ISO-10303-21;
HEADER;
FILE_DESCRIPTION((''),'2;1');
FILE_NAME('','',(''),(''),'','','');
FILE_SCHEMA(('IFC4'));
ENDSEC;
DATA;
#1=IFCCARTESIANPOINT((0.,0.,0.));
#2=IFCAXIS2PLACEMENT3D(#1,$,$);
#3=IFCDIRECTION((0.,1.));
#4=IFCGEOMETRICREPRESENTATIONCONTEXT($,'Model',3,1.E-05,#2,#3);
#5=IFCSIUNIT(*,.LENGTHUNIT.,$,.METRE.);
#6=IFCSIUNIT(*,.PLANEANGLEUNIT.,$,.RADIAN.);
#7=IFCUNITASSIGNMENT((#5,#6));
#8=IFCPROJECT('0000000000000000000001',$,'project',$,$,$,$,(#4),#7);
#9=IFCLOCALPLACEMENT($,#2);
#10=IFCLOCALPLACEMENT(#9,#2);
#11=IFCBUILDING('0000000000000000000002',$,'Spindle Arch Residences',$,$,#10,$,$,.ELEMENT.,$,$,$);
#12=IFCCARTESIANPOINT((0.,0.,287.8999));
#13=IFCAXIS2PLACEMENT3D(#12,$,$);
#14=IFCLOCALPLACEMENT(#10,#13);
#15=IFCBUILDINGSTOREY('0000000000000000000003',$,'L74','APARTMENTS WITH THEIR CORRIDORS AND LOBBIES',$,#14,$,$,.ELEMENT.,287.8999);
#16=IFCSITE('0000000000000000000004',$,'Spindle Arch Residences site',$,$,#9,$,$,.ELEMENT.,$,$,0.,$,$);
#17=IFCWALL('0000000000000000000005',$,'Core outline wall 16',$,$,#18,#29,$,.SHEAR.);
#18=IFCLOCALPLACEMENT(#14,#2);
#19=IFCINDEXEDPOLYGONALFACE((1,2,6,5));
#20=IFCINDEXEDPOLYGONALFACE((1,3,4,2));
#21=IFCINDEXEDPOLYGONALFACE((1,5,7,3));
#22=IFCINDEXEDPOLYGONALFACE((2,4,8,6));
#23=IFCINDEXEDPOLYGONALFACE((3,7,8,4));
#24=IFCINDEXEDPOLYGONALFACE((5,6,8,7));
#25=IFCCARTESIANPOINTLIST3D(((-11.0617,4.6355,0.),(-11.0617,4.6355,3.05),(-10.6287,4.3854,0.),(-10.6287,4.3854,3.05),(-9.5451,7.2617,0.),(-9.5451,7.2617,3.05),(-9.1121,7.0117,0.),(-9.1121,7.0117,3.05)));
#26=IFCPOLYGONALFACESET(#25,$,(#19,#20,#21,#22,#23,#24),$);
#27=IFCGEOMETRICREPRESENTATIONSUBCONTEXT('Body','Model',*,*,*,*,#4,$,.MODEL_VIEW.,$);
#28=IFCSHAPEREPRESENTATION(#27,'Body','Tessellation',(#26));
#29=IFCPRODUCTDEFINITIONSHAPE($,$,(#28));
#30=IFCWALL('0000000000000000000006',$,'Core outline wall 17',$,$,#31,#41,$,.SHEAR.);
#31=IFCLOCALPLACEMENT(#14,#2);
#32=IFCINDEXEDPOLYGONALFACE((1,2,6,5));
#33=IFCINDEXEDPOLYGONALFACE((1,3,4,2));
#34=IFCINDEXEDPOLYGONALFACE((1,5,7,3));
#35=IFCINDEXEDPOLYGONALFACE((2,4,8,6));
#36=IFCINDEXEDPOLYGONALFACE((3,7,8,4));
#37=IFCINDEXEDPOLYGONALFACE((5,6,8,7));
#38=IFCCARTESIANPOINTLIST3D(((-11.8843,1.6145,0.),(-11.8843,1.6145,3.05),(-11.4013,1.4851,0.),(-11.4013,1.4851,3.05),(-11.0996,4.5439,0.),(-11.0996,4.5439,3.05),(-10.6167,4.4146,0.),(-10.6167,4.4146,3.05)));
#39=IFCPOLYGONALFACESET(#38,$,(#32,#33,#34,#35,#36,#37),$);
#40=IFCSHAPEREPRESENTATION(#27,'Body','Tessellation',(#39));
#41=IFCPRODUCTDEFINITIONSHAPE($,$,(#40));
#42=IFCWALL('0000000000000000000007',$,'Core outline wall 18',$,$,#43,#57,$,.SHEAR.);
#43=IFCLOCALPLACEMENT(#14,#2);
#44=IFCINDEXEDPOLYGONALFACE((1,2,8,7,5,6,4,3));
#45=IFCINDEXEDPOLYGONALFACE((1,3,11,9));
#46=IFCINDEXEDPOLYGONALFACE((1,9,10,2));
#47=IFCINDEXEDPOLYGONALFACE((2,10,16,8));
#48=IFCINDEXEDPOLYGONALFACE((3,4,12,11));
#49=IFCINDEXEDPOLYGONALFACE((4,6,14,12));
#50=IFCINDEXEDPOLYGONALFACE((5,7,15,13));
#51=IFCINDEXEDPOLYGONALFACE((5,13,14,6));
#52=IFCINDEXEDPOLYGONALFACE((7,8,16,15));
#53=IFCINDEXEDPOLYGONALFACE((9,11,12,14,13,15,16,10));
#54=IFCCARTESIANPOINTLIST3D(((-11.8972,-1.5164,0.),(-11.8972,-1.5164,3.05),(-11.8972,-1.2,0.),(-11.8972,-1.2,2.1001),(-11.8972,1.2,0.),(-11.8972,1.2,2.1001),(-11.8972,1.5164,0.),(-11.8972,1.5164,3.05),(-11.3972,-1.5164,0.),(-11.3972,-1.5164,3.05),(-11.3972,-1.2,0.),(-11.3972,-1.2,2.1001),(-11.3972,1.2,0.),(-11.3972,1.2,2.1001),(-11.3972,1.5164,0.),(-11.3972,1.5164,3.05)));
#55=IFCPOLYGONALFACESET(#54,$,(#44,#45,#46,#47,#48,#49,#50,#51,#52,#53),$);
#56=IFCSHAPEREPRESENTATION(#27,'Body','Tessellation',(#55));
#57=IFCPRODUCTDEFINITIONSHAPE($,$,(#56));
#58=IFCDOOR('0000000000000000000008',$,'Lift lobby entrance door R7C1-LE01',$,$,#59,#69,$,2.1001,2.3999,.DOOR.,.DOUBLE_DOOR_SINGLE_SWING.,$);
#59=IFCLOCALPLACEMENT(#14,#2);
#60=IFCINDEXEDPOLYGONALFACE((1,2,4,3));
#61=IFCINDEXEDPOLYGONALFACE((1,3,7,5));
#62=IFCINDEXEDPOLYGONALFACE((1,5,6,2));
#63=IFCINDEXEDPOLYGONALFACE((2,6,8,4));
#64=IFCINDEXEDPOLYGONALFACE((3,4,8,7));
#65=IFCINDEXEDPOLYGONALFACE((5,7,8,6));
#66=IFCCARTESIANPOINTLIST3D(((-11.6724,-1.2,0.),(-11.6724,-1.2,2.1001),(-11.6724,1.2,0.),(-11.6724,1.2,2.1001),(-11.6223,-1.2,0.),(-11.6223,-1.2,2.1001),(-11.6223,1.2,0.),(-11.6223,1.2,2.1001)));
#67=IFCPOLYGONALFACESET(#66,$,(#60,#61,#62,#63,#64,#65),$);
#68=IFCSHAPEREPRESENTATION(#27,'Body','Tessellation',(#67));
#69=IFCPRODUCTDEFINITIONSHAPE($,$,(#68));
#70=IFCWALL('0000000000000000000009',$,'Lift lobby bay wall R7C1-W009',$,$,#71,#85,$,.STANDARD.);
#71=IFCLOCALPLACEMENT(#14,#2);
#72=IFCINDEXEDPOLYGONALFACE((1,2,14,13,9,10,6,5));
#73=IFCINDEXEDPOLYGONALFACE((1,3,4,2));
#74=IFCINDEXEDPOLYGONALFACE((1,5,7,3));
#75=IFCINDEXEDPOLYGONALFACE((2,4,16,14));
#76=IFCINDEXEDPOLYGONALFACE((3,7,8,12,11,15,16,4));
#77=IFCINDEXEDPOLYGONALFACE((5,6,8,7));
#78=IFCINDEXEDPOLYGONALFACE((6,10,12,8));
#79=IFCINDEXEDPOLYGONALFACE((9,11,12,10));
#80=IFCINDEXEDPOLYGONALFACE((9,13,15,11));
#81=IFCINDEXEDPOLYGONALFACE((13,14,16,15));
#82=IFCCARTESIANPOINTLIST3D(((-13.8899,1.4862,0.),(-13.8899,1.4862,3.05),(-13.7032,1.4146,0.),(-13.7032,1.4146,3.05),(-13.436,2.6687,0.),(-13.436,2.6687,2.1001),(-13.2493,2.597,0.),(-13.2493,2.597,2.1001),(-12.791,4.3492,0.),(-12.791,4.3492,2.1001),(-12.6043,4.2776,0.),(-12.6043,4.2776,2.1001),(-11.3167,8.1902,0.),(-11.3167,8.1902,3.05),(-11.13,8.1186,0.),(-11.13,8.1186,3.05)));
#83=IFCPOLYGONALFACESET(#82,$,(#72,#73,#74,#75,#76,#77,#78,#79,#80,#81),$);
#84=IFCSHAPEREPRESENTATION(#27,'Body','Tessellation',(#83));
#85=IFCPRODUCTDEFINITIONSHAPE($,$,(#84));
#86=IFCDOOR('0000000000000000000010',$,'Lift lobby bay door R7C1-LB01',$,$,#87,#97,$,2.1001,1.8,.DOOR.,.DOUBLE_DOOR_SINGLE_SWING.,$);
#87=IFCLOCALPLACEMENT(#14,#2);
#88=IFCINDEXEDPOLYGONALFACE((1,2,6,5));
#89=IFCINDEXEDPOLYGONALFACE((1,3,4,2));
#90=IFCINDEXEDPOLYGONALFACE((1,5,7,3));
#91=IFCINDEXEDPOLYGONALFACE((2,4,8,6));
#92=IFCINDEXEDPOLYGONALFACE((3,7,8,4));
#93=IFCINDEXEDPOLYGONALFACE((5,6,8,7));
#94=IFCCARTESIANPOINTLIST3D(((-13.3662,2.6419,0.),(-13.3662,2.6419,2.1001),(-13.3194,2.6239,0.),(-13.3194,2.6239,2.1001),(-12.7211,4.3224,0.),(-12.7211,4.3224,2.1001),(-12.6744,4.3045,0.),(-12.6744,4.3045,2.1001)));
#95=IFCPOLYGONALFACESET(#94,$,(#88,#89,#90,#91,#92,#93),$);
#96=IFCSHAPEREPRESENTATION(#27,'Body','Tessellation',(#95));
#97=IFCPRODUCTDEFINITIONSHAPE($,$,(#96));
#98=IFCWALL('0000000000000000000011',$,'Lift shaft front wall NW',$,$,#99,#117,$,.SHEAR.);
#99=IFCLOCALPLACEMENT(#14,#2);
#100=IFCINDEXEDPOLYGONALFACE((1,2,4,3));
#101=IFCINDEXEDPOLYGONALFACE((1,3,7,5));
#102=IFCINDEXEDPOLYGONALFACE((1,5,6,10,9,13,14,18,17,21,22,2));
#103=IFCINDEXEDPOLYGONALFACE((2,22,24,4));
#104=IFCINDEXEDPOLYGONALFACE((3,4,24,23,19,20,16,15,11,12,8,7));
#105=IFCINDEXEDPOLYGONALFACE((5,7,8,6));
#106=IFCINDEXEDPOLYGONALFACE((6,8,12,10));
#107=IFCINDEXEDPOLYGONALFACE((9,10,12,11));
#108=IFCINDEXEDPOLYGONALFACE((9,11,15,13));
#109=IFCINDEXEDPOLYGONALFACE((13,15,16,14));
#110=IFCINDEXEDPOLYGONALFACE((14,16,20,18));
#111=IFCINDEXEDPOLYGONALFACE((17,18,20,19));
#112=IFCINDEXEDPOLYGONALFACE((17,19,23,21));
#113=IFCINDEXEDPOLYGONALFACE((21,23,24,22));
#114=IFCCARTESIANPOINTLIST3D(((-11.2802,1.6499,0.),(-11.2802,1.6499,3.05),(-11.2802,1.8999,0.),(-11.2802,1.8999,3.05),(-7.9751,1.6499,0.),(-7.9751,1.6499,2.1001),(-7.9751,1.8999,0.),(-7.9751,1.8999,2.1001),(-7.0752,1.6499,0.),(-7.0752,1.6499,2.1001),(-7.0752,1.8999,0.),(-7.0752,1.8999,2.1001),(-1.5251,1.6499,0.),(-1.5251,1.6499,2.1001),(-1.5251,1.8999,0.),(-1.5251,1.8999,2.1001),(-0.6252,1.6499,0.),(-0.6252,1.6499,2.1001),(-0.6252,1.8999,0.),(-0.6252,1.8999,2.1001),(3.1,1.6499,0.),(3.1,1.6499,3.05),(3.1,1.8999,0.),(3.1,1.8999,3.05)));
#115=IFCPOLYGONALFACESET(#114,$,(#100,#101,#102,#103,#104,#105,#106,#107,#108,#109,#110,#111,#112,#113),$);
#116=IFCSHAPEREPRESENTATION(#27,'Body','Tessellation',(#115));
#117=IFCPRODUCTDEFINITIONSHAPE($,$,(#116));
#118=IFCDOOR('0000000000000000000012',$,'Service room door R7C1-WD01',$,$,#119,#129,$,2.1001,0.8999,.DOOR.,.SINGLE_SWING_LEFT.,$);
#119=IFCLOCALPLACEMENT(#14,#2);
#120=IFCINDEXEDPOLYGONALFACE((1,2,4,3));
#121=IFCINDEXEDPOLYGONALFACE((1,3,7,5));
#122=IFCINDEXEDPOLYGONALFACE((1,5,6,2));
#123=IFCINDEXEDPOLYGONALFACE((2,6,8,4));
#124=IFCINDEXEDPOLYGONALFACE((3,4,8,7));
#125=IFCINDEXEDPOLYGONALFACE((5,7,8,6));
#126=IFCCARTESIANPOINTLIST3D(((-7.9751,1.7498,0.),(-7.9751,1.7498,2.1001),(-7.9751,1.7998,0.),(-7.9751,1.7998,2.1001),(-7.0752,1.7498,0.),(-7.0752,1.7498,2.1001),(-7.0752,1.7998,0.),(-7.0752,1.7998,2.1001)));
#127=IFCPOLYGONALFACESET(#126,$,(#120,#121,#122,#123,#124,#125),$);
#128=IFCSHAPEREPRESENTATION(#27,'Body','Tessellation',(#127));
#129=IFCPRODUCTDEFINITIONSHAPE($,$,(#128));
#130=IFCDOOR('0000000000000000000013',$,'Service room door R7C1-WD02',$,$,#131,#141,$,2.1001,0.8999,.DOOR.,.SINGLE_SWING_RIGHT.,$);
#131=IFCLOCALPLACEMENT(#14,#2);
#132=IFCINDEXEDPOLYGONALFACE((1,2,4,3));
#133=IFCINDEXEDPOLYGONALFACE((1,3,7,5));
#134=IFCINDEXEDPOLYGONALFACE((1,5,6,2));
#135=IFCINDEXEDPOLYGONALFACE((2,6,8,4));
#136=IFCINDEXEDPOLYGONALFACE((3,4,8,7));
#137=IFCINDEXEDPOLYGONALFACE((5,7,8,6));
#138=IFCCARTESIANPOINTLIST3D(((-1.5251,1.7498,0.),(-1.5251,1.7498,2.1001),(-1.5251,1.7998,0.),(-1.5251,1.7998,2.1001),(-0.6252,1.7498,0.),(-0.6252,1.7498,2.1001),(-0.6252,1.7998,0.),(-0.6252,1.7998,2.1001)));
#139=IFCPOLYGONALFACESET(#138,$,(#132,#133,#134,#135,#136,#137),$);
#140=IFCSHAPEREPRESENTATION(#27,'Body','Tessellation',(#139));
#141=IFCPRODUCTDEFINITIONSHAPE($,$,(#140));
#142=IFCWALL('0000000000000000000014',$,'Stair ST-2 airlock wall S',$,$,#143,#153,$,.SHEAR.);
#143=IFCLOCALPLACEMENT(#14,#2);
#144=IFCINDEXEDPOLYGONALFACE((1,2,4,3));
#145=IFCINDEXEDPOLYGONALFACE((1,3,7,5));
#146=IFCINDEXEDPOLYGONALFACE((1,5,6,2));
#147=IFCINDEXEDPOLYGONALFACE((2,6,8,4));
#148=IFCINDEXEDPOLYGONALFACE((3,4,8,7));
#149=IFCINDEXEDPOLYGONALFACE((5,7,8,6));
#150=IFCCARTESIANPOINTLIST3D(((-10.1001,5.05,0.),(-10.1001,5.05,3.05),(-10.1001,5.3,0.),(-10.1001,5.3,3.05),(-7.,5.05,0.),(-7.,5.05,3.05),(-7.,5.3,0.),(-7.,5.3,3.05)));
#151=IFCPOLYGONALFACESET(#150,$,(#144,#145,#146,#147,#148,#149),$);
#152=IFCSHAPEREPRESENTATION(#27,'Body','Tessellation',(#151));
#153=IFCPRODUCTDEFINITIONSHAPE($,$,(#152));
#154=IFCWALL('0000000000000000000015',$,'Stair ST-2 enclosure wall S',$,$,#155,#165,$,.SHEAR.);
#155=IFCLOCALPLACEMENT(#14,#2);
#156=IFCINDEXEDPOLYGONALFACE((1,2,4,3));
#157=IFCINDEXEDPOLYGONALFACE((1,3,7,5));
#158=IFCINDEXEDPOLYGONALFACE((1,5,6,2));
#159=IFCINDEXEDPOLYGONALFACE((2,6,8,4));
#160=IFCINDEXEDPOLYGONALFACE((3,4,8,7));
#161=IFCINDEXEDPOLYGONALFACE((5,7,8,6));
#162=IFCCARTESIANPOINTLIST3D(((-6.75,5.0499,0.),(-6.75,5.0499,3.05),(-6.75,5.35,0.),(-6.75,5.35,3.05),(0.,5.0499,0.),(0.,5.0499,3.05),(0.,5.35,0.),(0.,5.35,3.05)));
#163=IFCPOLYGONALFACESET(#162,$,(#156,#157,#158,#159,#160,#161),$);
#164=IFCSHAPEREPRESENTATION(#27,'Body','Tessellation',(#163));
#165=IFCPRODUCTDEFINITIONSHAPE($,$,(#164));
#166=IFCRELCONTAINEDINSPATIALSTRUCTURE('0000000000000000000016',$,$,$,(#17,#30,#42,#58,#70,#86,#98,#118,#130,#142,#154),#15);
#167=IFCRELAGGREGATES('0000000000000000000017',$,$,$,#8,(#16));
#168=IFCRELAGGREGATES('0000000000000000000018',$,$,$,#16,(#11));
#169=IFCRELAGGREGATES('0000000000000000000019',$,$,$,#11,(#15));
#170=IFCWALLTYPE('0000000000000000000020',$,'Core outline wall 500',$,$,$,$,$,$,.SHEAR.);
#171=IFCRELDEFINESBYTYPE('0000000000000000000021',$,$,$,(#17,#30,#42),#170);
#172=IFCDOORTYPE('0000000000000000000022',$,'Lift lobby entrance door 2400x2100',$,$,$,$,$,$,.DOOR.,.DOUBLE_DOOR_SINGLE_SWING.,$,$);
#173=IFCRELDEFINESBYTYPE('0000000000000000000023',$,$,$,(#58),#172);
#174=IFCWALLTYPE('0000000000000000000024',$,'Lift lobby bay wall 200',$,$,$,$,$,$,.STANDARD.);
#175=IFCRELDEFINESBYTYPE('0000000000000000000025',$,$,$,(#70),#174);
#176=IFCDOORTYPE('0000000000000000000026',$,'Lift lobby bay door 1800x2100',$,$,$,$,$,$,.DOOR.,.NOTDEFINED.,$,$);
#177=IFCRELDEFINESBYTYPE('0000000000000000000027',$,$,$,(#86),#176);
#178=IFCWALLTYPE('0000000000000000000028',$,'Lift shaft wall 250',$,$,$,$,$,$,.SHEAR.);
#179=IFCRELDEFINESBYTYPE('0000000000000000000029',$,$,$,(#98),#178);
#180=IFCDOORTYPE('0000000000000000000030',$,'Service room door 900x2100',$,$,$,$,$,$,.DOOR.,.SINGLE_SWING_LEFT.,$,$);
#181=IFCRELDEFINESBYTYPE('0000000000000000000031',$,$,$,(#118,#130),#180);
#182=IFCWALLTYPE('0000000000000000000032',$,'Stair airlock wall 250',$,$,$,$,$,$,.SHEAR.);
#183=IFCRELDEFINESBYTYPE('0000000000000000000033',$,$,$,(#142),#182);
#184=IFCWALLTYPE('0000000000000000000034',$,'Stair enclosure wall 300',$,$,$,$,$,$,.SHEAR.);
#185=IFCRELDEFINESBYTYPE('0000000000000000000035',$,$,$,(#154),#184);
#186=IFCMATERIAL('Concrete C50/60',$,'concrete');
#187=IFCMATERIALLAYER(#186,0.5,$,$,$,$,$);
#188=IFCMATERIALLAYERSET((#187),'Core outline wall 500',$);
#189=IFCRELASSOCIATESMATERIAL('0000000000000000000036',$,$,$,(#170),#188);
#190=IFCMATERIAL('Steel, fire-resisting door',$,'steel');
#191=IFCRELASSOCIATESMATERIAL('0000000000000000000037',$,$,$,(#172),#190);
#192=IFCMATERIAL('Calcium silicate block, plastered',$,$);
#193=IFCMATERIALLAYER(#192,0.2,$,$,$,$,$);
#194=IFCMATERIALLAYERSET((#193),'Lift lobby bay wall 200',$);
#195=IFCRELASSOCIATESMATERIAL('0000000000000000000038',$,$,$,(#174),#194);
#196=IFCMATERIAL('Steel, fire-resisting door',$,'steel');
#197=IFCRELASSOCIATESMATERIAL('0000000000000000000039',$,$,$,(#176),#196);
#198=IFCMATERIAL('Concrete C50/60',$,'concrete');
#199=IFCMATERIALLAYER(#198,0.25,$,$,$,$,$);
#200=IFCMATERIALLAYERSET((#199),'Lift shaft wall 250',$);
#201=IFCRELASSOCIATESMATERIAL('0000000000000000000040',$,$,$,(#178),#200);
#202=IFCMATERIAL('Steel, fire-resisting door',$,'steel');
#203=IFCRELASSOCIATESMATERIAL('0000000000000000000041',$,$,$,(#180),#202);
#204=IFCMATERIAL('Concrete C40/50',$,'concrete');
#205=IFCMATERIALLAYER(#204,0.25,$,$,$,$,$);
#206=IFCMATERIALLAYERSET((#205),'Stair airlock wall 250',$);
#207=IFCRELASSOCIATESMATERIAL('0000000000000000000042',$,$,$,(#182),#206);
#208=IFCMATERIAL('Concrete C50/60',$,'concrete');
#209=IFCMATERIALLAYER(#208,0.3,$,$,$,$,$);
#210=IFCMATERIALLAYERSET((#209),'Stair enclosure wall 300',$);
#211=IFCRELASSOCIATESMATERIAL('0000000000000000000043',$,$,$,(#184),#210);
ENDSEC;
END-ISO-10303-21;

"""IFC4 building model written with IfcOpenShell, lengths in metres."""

from ifc_helpers import new_model, si_unit, direction, frame, frame_2d, origin, place, context, subcontext, project, spatial, rectangle, extrude, material, layer, layer_set, type_object, element, fill, save


model = new_model("IFC4")

# Units and contexts
model_context = context("Model", 3, precision=1e-05, world=origin(), true_north=direction((0.0, 1.0)))
body_context = subcontext(model_context, "Body", "Model", "MODEL_VIEW")
ifc_project = project(units=[si_unit("LENGTHUNIT", "METRE"), si_unit("PLANEANGLEUNIT", "RADIAN")], contexts=[model_context])

# Site, building, storey
site_placement = place(None, origin())
site = spatial("IfcSite", under=ifc_project, at=site_placement, Name="Spindle Arch Residences site", CompositionType="ELEMENT", RefElevation=0.0)
building_placement = place(site_placement, origin())
building = spatial("IfcBuilding", under=site, at=building_placement, Name="Spindle Arch Residences", CompositionType="ELEMENT")
storey_placement = place(building_placement, frame((0.0, 0.0, 287.8999)))
storey = spatial("IfcBuildingStorey", under=building, at=storey_placement, Name="L74", Description="APARTMENTS WITH THEIR CORRIDORS AND LOBBIES", CompositionType="ELEMENT", Elevation=287.8999)

# Walls
ifc_material_1 = material(Name="Concrete C50/60", Category="concrete")
ifc_layer_1 = layer(ifc_material_1, 0.5)
ifc_layer_set_1 = layer_set([ifc_layer_1], Name="Core outline wall 500")
wall_type_1 = type_object("IfcWallType", Name="Core outline wall 500", PredefinedType="SHEAR", material=ifc_layer_set_1)
for number, where, z_axis, x_axis, name in (
    (1, (-9.3286, 7.1367, 0.0), (0.0, 0.0, 1.0), (-0.500087, -0.865975, 0.0), "Core outline wall 16"),
    (2, (-10.8582, 4.4792, 0.0), (0.0, 0.0, 1.0), (-0.258735, -0.965948, 0.0), "Core outline wall 17"),
):
    element("IfcWall", number, at=place(storey_placement, frame(where, z_axis=z_axis, x_axis=x_axis)), inside=storey, type_object=wall_type_1, Name=name, PredefinedType="SHEAR", context=body_context, shape_type="SweptSolid", body=[
        extrude(rectangle(XDim=3.0327, YDim=0.5, at=frame_2d((1.5164, 0.0))), origin(), (0.0, 0.0, 1.0), 3.05),
    ])

# Walls, openings, doors
wall_1_placement = place(storey_placement, frame((-11.6472, 1.5164, 0.0), z_axis=(0.0, 0.0, 1.0), x_axis=(0.0, -1.0, 0.0)))
wall_1 = element("IfcWall", 3, at=wall_1_placement, inside=storey, type_object=wall_type_1, Name="Core outline wall 18", PredefinedType="SHEAR", context=body_context, shape_type="SweptSolid", body=[
    extrude(rectangle(XDim=3.0327, YDim=0.5, at=frame_2d((1.5164, 0.0))), origin(), (0.0, 0.0, 1.0), 3.05),
])
opening_1_placement = place(wall_1_placement, frame((0.3164, 0.0, 0.0)))
opening_1 = element("IfcOpeningElement", 4, at=opening_1_placement, cuts=wall_1, PredefinedType="OPENING", context=body_context, shape_type="SweptSolid", body=[
    extrude(rectangle(XDim=2.3999, YDim=2.1001, at=frame_2d((1.2, 1.05))), frame((0.0, 0.26, 0.0), z_axis=(0.0, -1.0, 0.0), x_axis=(1.0, 0.0, 0.0)), (0.0, 0.0, 1.0), 0.52),
])
ifc_material_2 = material(Name="Steel, fire-resisting door", Category="steel")
door_type_1 = type_object("IfcDoorType", Name="Lift lobby entrance door 2400x2100", OperationType="DOUBLE_DOOR_SINGLE_SWING", PredefinedType="DOOR", material=ifc_material_2)
door_1_placement = place(opening_1_placement, origin())
door_1 = element("IfcDoor", 5, at=door_1_placement, inside=storey, type_object=door_type_1, Name="Lift lobby entrance door R7C1-LE01", OperationType="DOUBLE_DOOR_SINGLE_SWING", OverallHeight=2.1001, OverallWidth=2.3999, PredefinedType="DOOR", context=body_context, shape_type="SweptSolid", body=[
    extrude(rectangle(XDim=2.3999, YDim=2.1001, at=frame_2d((1.2, 1.05))), frame((0.0, 0.0249, 0.0), z_axis=(0.0, -1.0, 0.0), x_axis=(1.0, 0.0, 0.0)), (0.0, 0.0, 1.0), 0.05),
])
fill(opening_1, door_1)
ifc_material_3 = material(Name="Calcium silicate block, plastered")
ifc_layer_2 = layer(ifc_material_3, 0.2)
ifc_layer_set_2 = layer_set([ifc_layer_2], Name="Lift lobby bay wall 200")
wall_type_2 = type_object("IfcWallType", Name="Lift lobby bay wall 200", PredefinedType="STANDARD", material=ifc_layer_set_2)
wall_2_placement = place(storey_placement, frame((-11.2234, 8.1543, 0.0), z_axis=(0.0, 0.0, 1.0), x_axis=(-0.358341, -0.933591, 0.0)))
wall_2 = element("IfcWall", 6, at=wall_2_placement, inside=storey, type_object=wall_type_2, Name="Lift lobby bay wall R7C1-W009", PredefinedType="STANDARD", context=body_context, shape_type="SweptSolid", body=[
    extrude(rectangle(XDim=7.1809, YDim=0.2, at=frame_2d((3.5903, 0.0))), origin(), (0.0, 0.0, 1.0), 3.05),
])
opening_2_placement = place(wall_2_placement, frame((4.1143, 0.0, 0.0)))
opening_2 = element("IfcOpeningElement", 7, at=opening_2_placement, cuts=wall_2, PredefinedType="OPENING", context=body_context, shape_type="SweptSolid", body=[
    extrude(rectangle(XDim=1.8, YDim=2.1001, at=frame_2d((0.8999, 1.05))), frame((0.0, 0.1099, 0.0), z_axis=(0.0, -1.0, 0.0), x_axis=(1.0, 0.0, 0.0)), (0.0, 0.0, 1.0), 0.22),
])
ifc_material_4 = material(Name="Steel, fire-resisting door", Category="steel")
door_type_2 = type_object("IfcDoorType", Name="Lift lobby bay door 1800x2100", OperationType="NOTDEFINED", PredefinedType="DOOR", material=ifc_material_4)
door_2_placement = place(opening_2_placement, origin())
door_2 = element("IfcDoor", 8, at=door_2_placement, inside=storey, type_object=door_type_2, Name="Lift lobby bay door R7C1-LB01", OperationType="DOUBLE_DOOR_SINGLE_SWING", OverallHeight=2.1001, OverallWidth=1.8, PredefinedType="DOOR", context=body_context, shape_type="SweptSolid", body=[
    extrude(rectangle(XDim=1.8, YDim=2.1001, at=frame_2d((0.8999, 1.05))), frame((0.0, 0.0249, 0.0), z_axis=(0.0, -1.0, 0.0), x_axis=(1.0, 0.0, 0.0)), (0.0, 0.0, 1.0), 0.05),
])
fill(opening_2, door_2)

# Wall, openings, doors
ifc_material_5 = material(Name="Concrete C50/60", Category="concrete")
ifc_layer_3 = layer(ifc_material_5, 0.25)
ifc_layer_set_3 = layer_set([ifc_layer_3], Name="Lift shaft wall 250")
wall_type_3 = type_object("IfcWallType", Name="Lift shaft wall 250", PredefinedType="SHEAR", material=ifc_layer_set_3)
wall_3_placement = place(storey_placement, frame((-11.28, 1.7749, 0.0), z_axis=(0.0, 0.0, 1.0), x_axis=(1.0, 0.0, 0.0)))
wall_3 = element("IfcWall", 9, at=wall_3_placement, inside=storey, type_object=wall_type_3, Name="Lift shaft front wall NW", PredefinedType="SHEAR", context=body_context, shape_type="SweptSolid", body=[
    extrude(rectangle(XDim=14.3801, YDim=0.25, at=frame_2d((7.1899, 0.0))), origin(), (0.0, 0.0, 1.0), 3.05),
])
opening_3_placement = place(wall_3_placement, frame((3.3049, 0.0, 0.0)))
opening_3 = element("IfcOpeningElement", 10, at=opening_3_placement, cuts=wall_3, PredefinedType="OPENING", context=body_context, shape_type="SweptSolid", body=[
    extrude(rectangle(XDim=0.8999, YDim=2.1001, at=frame_2d((0.45, 1.05))), frame((0.0, 0.135, 0.0), z_axis=(0.0, -1.0, 0.0), x_axis=(1.0, 0.0, 0.0)), (0.0, 0.0, 1.0), 0.27),
])
opening_4_placement = place(wall_3_placement, frame((9.7549, 0.0, 0.0)))
opening_4 = element("IfcOpeningElement", 11, at=opening_4_placement, cuts=wall_3, PredefinedType="OPENING", context=body_context, shape_type="SweptSolid", body=[
    extrude(rectangle(XDim=0.8999, YDim=2.1001, at=frame_2d((0.45, 1.05))), frame((0.0, 0.135, 0.0), z_axis=(0.0, -1.0, 0.0), x_axis=(1.0, 0.0, 0.0)), (0.0, 0.0, 1.0), 0.27),
])
ifc_material_6 = material(Name="Steel, fire-resisting door", Category="steel")
door_type_3 = type_object("IfcDoorType", Name="Service room door 900x2100", OperationType="SINGLE_SWING_LEFT", PredefinedType="DOOR", material=ifc_material_6)
door_3_placement = place(opening_3_placement, origin())
door_3 = element("IfcDoor", 12, at=door_3_placement, inside=storey, type_object=door_type_3, Name="Service room door R7C1-WD01", OperationType="SINGLE_SWING_LEFT", OverallHeight=2.1001, OverallWidth=0.8999, PredefinedType="DOOR", context=body_context, shape_type="SweptSolid", body=[
    extrude(rectangle(XDim=0.8999, YDim=2.1001, at=frame_2d((0.45, 1.05))), frame((0.0, 0.0249, 0.0), z_axis=(0.0, -1.0, 0.0), x_axis=(1.0, 0.0, 0.0)), (0.0, 0.0, 1.0), 0.05),
])
fill(opening_3, door_3)
door_4_placement = place(opening_4_placement, origin())
door_4 = element("IfcDoor", 13, at=door_4_placement, inside=storey, type_object=door_type_3, Name="Service room door R7C1-WD02", OperationType="SINGLE_SWING_RIGHT", OverallHeight=2.1001, OverallWidth=0.8999, PredefinedType="DOOR", context=body_context, shape_type="SweptSolid", body=[
    extrude(rectangle(XDim=0.8999, YDim=2.1001, at=frame_2d((0.45, 1.05))), frame((0.0, 0.0249, 0.0), z_axis=(0.0, -1.0, 0.0), x_axis=(1.0, 0.0, 0.0)), (0.0, 0.0, 1.0), 0.05),
])
fill(opening_4, door_4)

# Walls
ifc_material_7 = material(Name="Concrete C40/50", Category="concrete")
ifc_layer_4 = layer(ifc_material_7, 0.25)
ifc_layer_set_4 = layer_set([ifc_layer_4], Name="Stair airlock wall 250")
wall_type_4 = type_object("IfcWallType", Name="Stair airlock wall 250", PredefinedType="SHEAR", material=ifc_layer_set_4)
wall_4_placement = place(storey_placement, frame((-7.0, 5.175, 0.0), z_axis=(0.0, 0.0, 1.0), x_axis=(-1.0, 0.0, 0.0)))
element("IfcWall", 14, at=wall_4_placement, inside=storey, type_object=wall_type_4, Name="Stair ST-2 airlock wall S", PredefinedType="SHEAR", context=body_context, shape_type="SweptSolid", body=[
    extrude(rectangle(XDim=3.1001, YDim=0.25, at=frame_2d((1.55, 0.0))), origin(), (0.0, 0.0, 1.0), 3.05),
])
ifc_material_8 = material(Name="Concrete C50/60", Category="concrete")
ifc_layer_5 = layer(ifc_material_8, 0.3)
ifc_layer_set_5 = layer_set([ifc_layer_5], Name="Stair enclosure wall 300")
wall_type_5 = type_object("IfcWallType", Name="Stair enclosure wall 300", PredefinedType="SHEAR", material=ifc_layer_set_5)
wall_5_placement = place(storey_placement, frame((-6.75, 5.2, 0.0), z_axis=(0.0, 0.0, 1.0), x_axis=(1.0, 0.0, 0.0)))
element("IfcWall", 15, at=wall_5_placement, inside=storey, type_object=wall_type_5, Name="Stair ST-2 enclosure wall S", PredefinedType="SHEAR", context=body_context, shape_type="SweptSolid", body=[
    extrude(rectangle(XDim=6.75, YDim=0.3, at=frame_2d((3.375, 0.0))), origin(), (0.0, 0.0, 1.0), 3.05),
])

save(model, "model.ifc")
